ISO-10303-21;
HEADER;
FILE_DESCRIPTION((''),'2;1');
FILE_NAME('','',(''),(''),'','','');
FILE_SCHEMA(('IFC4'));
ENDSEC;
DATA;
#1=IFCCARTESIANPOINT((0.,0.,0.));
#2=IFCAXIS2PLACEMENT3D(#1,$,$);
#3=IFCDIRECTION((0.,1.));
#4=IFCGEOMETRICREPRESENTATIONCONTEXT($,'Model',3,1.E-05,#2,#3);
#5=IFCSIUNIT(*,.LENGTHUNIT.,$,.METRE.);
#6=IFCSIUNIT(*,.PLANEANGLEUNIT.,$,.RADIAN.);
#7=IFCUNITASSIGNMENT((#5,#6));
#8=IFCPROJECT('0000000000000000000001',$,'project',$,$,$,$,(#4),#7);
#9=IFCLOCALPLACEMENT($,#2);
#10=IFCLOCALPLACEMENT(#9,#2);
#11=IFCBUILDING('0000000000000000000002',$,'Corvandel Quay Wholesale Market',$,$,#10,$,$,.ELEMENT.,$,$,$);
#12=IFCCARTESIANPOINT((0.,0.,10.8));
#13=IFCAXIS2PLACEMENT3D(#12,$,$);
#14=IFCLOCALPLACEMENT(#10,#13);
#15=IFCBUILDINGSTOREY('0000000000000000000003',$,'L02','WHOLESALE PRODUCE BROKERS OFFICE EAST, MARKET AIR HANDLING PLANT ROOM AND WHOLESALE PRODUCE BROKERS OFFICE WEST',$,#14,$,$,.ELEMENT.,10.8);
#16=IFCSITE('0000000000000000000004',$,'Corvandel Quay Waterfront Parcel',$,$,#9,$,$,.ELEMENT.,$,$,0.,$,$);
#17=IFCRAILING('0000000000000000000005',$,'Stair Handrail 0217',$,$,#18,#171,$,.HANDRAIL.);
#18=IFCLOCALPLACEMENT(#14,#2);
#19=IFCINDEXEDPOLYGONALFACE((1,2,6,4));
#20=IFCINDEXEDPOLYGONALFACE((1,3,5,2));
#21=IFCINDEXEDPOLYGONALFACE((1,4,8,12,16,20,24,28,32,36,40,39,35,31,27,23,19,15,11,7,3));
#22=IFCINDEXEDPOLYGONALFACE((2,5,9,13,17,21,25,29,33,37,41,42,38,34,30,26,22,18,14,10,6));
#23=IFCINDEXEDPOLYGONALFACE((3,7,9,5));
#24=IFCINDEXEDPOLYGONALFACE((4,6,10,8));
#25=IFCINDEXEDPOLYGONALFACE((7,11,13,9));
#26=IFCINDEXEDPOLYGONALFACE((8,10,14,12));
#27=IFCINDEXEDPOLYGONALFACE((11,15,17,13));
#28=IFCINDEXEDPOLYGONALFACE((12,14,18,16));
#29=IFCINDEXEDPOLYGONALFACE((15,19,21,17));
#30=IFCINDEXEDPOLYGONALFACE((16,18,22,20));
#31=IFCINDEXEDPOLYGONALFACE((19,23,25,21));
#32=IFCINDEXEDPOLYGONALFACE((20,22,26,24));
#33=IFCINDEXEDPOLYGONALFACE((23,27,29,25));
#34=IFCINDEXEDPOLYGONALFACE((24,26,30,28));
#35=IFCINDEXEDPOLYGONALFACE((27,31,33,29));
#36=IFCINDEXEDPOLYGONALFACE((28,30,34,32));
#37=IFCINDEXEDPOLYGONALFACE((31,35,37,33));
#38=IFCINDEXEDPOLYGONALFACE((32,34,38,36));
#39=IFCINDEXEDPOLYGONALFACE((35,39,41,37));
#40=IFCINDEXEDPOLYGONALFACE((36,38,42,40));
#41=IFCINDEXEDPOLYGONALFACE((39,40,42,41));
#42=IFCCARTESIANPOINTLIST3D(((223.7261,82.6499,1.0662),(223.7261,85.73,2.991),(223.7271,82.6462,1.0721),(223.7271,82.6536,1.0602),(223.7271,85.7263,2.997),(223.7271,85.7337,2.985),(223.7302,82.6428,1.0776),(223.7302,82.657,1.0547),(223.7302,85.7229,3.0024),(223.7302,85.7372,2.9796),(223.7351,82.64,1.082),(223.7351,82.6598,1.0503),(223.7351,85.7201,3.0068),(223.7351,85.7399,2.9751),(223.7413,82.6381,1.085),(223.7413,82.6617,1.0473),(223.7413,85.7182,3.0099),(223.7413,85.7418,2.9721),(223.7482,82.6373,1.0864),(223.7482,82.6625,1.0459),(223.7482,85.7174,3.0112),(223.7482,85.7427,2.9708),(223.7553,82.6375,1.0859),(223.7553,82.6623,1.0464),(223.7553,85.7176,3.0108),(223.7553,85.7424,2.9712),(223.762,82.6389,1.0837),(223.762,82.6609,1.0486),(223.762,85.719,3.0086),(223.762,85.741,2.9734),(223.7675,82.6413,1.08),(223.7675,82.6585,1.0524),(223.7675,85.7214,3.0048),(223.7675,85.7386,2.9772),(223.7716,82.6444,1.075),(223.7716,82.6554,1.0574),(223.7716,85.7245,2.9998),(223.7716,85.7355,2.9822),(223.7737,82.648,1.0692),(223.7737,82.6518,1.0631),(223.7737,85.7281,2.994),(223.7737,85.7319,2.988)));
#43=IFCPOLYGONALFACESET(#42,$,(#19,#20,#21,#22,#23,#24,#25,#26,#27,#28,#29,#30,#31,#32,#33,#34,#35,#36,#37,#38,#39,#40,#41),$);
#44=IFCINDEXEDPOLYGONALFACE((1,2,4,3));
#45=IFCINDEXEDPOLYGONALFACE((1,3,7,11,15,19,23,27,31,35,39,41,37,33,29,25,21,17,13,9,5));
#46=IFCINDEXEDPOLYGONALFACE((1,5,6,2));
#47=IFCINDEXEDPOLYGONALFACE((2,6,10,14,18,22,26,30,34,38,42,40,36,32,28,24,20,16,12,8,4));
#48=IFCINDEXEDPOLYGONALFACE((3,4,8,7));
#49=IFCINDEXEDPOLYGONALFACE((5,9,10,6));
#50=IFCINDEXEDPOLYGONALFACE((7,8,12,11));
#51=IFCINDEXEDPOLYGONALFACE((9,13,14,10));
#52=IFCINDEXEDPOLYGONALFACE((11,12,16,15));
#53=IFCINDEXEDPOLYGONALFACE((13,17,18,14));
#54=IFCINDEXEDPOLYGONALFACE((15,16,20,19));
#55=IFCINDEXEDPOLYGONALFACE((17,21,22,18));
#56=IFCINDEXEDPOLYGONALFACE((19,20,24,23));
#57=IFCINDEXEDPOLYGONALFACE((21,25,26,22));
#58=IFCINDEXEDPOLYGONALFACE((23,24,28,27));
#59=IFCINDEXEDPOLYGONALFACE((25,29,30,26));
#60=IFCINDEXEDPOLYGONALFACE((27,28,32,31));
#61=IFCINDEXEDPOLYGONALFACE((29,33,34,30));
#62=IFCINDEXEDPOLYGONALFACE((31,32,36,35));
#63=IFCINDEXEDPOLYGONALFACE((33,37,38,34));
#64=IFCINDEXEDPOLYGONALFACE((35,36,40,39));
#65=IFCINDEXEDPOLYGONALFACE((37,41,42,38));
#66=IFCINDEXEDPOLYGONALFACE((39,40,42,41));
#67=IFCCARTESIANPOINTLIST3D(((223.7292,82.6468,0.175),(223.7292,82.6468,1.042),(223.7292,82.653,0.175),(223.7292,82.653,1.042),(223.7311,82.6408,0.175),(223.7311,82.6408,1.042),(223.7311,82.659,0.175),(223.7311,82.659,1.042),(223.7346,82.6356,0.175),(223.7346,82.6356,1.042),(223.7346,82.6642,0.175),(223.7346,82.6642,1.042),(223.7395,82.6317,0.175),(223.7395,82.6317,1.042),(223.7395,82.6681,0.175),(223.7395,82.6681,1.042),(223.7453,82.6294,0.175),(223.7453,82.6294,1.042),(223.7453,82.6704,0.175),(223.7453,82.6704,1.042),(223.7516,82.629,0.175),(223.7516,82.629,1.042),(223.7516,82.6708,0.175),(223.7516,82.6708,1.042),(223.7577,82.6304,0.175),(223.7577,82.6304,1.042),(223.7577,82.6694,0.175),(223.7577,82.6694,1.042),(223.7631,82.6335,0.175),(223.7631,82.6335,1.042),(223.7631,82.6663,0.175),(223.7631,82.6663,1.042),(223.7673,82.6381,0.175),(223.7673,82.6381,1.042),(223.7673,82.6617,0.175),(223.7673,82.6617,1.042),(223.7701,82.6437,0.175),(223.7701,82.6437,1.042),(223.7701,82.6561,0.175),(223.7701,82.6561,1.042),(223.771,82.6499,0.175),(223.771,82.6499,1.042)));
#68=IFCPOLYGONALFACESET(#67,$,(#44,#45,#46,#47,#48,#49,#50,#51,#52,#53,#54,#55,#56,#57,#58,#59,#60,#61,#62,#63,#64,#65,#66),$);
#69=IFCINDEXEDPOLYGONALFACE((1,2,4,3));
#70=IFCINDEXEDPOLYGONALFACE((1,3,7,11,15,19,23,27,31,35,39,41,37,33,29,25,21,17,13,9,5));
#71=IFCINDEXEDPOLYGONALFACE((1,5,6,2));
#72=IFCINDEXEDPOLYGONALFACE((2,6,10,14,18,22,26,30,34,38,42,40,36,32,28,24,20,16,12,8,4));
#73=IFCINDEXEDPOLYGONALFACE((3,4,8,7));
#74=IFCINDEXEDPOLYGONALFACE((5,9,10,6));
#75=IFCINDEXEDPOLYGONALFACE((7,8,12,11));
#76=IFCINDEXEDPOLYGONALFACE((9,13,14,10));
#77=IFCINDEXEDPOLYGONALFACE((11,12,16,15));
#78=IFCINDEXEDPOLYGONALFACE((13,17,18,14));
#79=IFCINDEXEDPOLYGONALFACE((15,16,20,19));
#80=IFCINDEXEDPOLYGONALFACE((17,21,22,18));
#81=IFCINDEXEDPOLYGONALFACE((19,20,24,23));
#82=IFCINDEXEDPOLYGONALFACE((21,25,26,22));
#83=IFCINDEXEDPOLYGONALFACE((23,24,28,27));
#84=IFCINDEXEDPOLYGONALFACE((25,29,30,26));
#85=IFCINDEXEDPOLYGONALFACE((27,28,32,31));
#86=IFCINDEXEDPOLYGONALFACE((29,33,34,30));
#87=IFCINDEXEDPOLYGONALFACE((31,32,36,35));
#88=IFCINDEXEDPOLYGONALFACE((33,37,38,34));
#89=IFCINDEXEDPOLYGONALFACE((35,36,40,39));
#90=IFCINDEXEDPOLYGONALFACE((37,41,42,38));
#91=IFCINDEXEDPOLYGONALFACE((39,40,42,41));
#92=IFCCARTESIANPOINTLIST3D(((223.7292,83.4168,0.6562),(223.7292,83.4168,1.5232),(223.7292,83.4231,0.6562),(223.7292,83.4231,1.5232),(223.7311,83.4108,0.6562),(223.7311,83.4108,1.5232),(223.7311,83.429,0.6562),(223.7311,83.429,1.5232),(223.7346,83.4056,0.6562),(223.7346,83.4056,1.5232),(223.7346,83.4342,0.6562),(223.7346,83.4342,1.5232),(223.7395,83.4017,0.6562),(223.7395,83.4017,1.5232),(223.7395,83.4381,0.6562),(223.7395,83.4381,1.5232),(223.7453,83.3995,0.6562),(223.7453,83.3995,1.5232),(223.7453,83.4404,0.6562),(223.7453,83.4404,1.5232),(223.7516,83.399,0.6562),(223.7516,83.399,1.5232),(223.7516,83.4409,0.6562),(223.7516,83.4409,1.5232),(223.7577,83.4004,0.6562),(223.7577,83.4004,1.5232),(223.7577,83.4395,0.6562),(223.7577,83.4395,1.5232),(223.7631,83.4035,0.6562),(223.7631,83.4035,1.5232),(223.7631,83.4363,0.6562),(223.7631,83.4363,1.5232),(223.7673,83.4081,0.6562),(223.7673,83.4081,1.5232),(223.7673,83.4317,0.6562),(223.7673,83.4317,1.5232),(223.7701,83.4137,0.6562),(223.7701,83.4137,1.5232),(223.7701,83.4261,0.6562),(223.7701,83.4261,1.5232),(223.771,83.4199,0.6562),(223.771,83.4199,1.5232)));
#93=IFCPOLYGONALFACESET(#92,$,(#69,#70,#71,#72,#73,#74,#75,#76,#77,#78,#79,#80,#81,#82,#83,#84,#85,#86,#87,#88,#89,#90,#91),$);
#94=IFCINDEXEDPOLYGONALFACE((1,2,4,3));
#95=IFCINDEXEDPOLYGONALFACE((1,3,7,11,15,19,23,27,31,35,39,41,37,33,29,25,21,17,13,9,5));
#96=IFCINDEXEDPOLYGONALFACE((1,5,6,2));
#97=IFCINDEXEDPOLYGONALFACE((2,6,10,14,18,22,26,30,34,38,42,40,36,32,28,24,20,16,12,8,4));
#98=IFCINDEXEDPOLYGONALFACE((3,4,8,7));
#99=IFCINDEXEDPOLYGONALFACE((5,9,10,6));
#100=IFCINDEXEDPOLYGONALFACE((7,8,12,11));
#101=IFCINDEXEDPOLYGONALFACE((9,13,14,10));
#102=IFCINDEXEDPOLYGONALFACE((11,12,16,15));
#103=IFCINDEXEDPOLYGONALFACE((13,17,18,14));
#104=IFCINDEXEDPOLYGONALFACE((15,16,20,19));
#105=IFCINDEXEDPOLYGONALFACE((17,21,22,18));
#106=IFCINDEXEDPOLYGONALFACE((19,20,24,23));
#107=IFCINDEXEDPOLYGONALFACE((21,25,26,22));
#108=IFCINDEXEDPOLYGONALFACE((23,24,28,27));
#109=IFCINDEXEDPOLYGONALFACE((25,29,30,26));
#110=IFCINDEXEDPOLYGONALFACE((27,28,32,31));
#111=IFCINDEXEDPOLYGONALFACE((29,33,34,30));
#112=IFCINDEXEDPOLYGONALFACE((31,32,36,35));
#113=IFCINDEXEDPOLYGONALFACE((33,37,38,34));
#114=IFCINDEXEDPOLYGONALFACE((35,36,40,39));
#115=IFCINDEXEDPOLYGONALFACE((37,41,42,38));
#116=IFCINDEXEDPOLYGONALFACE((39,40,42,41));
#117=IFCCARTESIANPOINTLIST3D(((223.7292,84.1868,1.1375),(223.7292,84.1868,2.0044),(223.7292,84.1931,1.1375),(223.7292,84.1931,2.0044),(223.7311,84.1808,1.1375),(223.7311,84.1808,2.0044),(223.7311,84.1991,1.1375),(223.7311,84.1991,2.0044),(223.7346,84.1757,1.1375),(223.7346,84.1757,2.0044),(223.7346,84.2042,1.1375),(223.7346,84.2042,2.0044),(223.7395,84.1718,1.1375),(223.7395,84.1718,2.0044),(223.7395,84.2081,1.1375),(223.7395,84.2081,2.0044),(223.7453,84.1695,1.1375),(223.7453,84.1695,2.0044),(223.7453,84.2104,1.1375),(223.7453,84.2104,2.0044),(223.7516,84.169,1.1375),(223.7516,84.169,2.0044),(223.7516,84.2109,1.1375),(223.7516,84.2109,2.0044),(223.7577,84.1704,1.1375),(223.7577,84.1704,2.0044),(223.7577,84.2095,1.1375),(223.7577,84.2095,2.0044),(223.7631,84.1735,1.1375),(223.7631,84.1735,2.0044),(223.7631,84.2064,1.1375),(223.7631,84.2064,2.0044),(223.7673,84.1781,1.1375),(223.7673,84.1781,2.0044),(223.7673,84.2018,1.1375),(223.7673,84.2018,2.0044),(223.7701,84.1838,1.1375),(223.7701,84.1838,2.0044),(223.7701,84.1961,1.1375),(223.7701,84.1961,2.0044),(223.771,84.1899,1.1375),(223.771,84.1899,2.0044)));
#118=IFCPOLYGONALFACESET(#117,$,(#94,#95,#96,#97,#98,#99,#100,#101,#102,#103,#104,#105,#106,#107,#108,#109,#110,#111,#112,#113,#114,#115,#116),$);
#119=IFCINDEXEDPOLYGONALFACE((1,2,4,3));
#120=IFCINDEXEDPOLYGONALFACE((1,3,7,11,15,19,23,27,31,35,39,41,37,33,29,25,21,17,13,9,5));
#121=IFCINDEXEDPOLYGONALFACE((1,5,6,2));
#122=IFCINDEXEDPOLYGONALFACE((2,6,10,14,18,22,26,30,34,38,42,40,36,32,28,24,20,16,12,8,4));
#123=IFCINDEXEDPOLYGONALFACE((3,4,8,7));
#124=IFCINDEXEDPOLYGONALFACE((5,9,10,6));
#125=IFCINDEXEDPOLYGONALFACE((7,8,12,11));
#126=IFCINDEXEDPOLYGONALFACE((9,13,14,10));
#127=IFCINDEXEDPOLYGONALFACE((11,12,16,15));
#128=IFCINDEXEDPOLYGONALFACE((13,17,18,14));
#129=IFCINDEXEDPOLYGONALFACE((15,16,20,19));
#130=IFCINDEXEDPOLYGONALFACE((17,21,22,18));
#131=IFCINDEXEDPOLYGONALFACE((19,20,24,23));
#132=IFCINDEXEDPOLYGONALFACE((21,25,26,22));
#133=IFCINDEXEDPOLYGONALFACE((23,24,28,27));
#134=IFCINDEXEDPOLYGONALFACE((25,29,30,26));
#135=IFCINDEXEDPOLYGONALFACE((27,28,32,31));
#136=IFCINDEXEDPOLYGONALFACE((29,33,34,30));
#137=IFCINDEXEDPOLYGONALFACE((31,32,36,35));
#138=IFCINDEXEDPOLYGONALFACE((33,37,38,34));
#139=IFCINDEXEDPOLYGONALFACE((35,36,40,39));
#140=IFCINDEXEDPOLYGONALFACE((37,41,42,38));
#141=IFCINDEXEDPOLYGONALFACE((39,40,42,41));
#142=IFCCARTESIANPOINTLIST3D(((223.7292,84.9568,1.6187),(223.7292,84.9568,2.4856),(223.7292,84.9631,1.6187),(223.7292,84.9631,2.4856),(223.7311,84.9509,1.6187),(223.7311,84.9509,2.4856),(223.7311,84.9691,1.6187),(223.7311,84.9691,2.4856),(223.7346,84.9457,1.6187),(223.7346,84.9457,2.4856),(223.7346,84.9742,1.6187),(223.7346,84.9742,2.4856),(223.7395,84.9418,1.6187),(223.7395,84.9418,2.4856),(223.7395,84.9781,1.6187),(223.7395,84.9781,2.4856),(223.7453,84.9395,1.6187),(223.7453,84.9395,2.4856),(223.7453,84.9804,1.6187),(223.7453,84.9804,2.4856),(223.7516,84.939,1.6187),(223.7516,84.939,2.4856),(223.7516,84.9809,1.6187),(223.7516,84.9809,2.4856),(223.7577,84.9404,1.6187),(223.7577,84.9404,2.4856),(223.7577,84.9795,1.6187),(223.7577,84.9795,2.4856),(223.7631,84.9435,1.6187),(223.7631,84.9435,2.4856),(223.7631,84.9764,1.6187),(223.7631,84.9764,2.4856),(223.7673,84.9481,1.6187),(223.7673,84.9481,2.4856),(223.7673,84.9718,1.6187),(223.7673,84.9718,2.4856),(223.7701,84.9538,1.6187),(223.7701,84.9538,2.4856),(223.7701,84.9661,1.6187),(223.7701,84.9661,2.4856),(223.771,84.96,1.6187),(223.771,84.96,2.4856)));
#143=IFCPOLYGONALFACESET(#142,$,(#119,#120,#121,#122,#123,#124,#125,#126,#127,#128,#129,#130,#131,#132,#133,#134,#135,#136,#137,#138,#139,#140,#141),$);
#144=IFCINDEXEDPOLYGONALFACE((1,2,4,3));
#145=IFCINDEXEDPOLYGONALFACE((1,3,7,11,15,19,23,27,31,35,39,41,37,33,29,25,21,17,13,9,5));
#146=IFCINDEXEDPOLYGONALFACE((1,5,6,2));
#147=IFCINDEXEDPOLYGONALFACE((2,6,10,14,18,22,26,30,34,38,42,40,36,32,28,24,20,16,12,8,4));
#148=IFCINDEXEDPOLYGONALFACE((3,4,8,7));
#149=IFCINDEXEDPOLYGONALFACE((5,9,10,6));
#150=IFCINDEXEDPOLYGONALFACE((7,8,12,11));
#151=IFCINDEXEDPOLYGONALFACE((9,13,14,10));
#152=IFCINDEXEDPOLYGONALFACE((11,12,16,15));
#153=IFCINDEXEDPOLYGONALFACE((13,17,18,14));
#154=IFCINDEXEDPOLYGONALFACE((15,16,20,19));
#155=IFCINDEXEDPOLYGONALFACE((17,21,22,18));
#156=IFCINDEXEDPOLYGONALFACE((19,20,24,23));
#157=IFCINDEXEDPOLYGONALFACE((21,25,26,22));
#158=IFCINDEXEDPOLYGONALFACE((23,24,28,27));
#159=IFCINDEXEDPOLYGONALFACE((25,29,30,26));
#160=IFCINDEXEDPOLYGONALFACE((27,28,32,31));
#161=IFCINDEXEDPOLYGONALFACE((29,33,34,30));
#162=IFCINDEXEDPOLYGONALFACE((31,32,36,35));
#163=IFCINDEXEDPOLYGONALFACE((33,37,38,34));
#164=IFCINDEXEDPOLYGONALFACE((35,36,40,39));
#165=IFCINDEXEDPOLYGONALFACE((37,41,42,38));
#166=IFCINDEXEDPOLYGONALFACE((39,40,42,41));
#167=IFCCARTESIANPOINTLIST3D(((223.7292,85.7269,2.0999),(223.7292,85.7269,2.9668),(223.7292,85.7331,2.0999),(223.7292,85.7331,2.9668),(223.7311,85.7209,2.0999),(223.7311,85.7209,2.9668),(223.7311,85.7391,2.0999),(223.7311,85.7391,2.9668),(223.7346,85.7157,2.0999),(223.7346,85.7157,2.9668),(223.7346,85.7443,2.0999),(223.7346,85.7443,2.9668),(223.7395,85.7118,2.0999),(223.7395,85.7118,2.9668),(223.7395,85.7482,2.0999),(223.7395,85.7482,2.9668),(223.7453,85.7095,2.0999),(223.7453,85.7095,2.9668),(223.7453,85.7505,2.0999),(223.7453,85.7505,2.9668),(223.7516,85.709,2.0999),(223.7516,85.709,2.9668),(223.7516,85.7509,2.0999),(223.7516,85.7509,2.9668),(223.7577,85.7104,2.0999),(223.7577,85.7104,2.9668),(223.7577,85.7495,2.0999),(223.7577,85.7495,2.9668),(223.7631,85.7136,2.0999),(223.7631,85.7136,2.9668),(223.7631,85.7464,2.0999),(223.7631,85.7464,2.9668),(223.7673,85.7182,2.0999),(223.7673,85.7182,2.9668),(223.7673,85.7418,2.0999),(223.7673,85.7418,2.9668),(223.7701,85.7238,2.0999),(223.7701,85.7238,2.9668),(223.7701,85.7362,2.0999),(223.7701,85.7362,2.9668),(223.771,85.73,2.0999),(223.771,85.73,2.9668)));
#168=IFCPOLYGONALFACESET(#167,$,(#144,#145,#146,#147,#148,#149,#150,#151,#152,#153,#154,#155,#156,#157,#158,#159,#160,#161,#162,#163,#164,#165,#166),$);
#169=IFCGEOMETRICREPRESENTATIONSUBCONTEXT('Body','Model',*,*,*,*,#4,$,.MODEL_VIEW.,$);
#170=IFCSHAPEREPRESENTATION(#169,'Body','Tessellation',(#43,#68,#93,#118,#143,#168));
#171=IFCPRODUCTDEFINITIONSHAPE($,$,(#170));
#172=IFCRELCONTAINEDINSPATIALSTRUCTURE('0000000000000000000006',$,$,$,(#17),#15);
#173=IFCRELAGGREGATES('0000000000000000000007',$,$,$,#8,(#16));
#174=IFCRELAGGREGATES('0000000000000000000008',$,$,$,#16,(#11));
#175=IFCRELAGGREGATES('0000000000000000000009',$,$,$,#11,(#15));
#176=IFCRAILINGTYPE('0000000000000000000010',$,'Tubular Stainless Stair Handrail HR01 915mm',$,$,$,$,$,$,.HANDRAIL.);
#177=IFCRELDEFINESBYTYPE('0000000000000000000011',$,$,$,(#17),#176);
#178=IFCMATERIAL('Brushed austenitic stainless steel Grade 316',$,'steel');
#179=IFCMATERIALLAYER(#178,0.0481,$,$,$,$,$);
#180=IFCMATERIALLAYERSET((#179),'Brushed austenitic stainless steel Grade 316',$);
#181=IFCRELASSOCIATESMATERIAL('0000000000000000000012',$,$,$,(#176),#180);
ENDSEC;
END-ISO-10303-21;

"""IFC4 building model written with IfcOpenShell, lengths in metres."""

from ifc_helpers import new_model, si_unit, direction, frame, origin, origin_2d, place, context, subcontext, project, spatial, circle, extrude, material, layer, layer_set, type_object, element, save


model = new_model("IFC4")

# Units and contexts
model_context = context("Model", 3, precision=1e-05, world=origin(), true_north=direction((0.0, 1.0)))
body_context = subcontext(model_context, "Body", "Model", "MODEL_VIEW")
ifc_project = project(units=[si_unit("LENGTHUNIT", "METRE"), si_unit("PLANEANGLEUNIT", "RADIAN")], contexts=[model_context])

# Site, building, storey
site_placement = place(None, origin())
site = spatial("IfcSite", under=ifc_project, at=site_placement, Name="Corvandel Quay Waterfront Parcel", CompositionType="ELEMENT", RefElevation=0.0)
building_placement = place(site_placement, origin())
building = spatial("IfcBuilding", under=site, at=building_placement, Name="Corvandel Quay Wholesale Market", CompositionType="ELEMENT")
storey_placement = place(building_placement, frame((0.0, 0.0, 10.8)))
storey = spatial("IfcBuildingStorey", under=building, at=storey_placement, Name="L02", Description="WHOLESALE PRODUCE BROKERS OFFICE EAST, MARKET AIR HANDLING PLANT ROOM AND WHOLESALE PRODUCE BROKERS OFFICE WEST", CompositionType="ELEMENT", Elevation=10.8)

# Railing
ifc_material_1 = material(Name="Brushed austenitic stainless steel Grade 316", Category="steel")
ifc_layer_1 = layer(ifc_material_1, 0.0481)
ifc_layer_set_1 = layer_set([ifc_layer_1], Name="Brushed austenitic stainless steel Grade 316")
railing_type = type_object("IfcRailingType", Name="Tubular Stainless Stair Handrail HR01 915mm", PredefinedType="HANDRAIL", material=ifc_layer_set_1)
for number, where, name in (
    (1, (223.75, 82.6499, 0.175), "Stair Handrail 0217"),
):
    element("IfcRailing", number, at=place(storey_placement, frame(where)), inside=storey, type_object=railing_type, Name=name, PredefinedType="HANDRAIL", context=body_context, shape_type="SweptSolid", body=[
        extrude(circle(Radius=0.0239, at=origin_2d()), frame((0.0, 0.0, 0.8911), z_axis=(0.0, 0.848029, 0.529951), x_axis=(-1.0, 0.0, 0.0)), (0.0, 0.0, 1.0), 3.6321),
        extrude(circle(Radius=0.021, at=origin_2d()), origin(), (0.0, 0.0, 1.0), 0.8669),
        extrude(circle(Radius=0.021, at=origin_2d()), frame((0.0, 0.77, 0.4812)), (0.0, 0.0, 1.0), 0.8669),
        extrude(circle(Radius=0.021, at=origin_2d()), frame((0.0, 1.54, 0.9624)), (0.0, 0.0, 1.0), 0.8669),
        extrude(circle(Radius=0.021, at=origin_2d()), frame((0.0, 2.3101, 1.4436)), (0.0, 0.0, 1.0), 0.8669),
        extrude(circle(Radius=0.021, at=origin_2d()), frame((0.0, 3.0801, 1.9248)), (0.0, 0.0, 1.0), 0.8669),
    ])

save(model, "model.ifc")
